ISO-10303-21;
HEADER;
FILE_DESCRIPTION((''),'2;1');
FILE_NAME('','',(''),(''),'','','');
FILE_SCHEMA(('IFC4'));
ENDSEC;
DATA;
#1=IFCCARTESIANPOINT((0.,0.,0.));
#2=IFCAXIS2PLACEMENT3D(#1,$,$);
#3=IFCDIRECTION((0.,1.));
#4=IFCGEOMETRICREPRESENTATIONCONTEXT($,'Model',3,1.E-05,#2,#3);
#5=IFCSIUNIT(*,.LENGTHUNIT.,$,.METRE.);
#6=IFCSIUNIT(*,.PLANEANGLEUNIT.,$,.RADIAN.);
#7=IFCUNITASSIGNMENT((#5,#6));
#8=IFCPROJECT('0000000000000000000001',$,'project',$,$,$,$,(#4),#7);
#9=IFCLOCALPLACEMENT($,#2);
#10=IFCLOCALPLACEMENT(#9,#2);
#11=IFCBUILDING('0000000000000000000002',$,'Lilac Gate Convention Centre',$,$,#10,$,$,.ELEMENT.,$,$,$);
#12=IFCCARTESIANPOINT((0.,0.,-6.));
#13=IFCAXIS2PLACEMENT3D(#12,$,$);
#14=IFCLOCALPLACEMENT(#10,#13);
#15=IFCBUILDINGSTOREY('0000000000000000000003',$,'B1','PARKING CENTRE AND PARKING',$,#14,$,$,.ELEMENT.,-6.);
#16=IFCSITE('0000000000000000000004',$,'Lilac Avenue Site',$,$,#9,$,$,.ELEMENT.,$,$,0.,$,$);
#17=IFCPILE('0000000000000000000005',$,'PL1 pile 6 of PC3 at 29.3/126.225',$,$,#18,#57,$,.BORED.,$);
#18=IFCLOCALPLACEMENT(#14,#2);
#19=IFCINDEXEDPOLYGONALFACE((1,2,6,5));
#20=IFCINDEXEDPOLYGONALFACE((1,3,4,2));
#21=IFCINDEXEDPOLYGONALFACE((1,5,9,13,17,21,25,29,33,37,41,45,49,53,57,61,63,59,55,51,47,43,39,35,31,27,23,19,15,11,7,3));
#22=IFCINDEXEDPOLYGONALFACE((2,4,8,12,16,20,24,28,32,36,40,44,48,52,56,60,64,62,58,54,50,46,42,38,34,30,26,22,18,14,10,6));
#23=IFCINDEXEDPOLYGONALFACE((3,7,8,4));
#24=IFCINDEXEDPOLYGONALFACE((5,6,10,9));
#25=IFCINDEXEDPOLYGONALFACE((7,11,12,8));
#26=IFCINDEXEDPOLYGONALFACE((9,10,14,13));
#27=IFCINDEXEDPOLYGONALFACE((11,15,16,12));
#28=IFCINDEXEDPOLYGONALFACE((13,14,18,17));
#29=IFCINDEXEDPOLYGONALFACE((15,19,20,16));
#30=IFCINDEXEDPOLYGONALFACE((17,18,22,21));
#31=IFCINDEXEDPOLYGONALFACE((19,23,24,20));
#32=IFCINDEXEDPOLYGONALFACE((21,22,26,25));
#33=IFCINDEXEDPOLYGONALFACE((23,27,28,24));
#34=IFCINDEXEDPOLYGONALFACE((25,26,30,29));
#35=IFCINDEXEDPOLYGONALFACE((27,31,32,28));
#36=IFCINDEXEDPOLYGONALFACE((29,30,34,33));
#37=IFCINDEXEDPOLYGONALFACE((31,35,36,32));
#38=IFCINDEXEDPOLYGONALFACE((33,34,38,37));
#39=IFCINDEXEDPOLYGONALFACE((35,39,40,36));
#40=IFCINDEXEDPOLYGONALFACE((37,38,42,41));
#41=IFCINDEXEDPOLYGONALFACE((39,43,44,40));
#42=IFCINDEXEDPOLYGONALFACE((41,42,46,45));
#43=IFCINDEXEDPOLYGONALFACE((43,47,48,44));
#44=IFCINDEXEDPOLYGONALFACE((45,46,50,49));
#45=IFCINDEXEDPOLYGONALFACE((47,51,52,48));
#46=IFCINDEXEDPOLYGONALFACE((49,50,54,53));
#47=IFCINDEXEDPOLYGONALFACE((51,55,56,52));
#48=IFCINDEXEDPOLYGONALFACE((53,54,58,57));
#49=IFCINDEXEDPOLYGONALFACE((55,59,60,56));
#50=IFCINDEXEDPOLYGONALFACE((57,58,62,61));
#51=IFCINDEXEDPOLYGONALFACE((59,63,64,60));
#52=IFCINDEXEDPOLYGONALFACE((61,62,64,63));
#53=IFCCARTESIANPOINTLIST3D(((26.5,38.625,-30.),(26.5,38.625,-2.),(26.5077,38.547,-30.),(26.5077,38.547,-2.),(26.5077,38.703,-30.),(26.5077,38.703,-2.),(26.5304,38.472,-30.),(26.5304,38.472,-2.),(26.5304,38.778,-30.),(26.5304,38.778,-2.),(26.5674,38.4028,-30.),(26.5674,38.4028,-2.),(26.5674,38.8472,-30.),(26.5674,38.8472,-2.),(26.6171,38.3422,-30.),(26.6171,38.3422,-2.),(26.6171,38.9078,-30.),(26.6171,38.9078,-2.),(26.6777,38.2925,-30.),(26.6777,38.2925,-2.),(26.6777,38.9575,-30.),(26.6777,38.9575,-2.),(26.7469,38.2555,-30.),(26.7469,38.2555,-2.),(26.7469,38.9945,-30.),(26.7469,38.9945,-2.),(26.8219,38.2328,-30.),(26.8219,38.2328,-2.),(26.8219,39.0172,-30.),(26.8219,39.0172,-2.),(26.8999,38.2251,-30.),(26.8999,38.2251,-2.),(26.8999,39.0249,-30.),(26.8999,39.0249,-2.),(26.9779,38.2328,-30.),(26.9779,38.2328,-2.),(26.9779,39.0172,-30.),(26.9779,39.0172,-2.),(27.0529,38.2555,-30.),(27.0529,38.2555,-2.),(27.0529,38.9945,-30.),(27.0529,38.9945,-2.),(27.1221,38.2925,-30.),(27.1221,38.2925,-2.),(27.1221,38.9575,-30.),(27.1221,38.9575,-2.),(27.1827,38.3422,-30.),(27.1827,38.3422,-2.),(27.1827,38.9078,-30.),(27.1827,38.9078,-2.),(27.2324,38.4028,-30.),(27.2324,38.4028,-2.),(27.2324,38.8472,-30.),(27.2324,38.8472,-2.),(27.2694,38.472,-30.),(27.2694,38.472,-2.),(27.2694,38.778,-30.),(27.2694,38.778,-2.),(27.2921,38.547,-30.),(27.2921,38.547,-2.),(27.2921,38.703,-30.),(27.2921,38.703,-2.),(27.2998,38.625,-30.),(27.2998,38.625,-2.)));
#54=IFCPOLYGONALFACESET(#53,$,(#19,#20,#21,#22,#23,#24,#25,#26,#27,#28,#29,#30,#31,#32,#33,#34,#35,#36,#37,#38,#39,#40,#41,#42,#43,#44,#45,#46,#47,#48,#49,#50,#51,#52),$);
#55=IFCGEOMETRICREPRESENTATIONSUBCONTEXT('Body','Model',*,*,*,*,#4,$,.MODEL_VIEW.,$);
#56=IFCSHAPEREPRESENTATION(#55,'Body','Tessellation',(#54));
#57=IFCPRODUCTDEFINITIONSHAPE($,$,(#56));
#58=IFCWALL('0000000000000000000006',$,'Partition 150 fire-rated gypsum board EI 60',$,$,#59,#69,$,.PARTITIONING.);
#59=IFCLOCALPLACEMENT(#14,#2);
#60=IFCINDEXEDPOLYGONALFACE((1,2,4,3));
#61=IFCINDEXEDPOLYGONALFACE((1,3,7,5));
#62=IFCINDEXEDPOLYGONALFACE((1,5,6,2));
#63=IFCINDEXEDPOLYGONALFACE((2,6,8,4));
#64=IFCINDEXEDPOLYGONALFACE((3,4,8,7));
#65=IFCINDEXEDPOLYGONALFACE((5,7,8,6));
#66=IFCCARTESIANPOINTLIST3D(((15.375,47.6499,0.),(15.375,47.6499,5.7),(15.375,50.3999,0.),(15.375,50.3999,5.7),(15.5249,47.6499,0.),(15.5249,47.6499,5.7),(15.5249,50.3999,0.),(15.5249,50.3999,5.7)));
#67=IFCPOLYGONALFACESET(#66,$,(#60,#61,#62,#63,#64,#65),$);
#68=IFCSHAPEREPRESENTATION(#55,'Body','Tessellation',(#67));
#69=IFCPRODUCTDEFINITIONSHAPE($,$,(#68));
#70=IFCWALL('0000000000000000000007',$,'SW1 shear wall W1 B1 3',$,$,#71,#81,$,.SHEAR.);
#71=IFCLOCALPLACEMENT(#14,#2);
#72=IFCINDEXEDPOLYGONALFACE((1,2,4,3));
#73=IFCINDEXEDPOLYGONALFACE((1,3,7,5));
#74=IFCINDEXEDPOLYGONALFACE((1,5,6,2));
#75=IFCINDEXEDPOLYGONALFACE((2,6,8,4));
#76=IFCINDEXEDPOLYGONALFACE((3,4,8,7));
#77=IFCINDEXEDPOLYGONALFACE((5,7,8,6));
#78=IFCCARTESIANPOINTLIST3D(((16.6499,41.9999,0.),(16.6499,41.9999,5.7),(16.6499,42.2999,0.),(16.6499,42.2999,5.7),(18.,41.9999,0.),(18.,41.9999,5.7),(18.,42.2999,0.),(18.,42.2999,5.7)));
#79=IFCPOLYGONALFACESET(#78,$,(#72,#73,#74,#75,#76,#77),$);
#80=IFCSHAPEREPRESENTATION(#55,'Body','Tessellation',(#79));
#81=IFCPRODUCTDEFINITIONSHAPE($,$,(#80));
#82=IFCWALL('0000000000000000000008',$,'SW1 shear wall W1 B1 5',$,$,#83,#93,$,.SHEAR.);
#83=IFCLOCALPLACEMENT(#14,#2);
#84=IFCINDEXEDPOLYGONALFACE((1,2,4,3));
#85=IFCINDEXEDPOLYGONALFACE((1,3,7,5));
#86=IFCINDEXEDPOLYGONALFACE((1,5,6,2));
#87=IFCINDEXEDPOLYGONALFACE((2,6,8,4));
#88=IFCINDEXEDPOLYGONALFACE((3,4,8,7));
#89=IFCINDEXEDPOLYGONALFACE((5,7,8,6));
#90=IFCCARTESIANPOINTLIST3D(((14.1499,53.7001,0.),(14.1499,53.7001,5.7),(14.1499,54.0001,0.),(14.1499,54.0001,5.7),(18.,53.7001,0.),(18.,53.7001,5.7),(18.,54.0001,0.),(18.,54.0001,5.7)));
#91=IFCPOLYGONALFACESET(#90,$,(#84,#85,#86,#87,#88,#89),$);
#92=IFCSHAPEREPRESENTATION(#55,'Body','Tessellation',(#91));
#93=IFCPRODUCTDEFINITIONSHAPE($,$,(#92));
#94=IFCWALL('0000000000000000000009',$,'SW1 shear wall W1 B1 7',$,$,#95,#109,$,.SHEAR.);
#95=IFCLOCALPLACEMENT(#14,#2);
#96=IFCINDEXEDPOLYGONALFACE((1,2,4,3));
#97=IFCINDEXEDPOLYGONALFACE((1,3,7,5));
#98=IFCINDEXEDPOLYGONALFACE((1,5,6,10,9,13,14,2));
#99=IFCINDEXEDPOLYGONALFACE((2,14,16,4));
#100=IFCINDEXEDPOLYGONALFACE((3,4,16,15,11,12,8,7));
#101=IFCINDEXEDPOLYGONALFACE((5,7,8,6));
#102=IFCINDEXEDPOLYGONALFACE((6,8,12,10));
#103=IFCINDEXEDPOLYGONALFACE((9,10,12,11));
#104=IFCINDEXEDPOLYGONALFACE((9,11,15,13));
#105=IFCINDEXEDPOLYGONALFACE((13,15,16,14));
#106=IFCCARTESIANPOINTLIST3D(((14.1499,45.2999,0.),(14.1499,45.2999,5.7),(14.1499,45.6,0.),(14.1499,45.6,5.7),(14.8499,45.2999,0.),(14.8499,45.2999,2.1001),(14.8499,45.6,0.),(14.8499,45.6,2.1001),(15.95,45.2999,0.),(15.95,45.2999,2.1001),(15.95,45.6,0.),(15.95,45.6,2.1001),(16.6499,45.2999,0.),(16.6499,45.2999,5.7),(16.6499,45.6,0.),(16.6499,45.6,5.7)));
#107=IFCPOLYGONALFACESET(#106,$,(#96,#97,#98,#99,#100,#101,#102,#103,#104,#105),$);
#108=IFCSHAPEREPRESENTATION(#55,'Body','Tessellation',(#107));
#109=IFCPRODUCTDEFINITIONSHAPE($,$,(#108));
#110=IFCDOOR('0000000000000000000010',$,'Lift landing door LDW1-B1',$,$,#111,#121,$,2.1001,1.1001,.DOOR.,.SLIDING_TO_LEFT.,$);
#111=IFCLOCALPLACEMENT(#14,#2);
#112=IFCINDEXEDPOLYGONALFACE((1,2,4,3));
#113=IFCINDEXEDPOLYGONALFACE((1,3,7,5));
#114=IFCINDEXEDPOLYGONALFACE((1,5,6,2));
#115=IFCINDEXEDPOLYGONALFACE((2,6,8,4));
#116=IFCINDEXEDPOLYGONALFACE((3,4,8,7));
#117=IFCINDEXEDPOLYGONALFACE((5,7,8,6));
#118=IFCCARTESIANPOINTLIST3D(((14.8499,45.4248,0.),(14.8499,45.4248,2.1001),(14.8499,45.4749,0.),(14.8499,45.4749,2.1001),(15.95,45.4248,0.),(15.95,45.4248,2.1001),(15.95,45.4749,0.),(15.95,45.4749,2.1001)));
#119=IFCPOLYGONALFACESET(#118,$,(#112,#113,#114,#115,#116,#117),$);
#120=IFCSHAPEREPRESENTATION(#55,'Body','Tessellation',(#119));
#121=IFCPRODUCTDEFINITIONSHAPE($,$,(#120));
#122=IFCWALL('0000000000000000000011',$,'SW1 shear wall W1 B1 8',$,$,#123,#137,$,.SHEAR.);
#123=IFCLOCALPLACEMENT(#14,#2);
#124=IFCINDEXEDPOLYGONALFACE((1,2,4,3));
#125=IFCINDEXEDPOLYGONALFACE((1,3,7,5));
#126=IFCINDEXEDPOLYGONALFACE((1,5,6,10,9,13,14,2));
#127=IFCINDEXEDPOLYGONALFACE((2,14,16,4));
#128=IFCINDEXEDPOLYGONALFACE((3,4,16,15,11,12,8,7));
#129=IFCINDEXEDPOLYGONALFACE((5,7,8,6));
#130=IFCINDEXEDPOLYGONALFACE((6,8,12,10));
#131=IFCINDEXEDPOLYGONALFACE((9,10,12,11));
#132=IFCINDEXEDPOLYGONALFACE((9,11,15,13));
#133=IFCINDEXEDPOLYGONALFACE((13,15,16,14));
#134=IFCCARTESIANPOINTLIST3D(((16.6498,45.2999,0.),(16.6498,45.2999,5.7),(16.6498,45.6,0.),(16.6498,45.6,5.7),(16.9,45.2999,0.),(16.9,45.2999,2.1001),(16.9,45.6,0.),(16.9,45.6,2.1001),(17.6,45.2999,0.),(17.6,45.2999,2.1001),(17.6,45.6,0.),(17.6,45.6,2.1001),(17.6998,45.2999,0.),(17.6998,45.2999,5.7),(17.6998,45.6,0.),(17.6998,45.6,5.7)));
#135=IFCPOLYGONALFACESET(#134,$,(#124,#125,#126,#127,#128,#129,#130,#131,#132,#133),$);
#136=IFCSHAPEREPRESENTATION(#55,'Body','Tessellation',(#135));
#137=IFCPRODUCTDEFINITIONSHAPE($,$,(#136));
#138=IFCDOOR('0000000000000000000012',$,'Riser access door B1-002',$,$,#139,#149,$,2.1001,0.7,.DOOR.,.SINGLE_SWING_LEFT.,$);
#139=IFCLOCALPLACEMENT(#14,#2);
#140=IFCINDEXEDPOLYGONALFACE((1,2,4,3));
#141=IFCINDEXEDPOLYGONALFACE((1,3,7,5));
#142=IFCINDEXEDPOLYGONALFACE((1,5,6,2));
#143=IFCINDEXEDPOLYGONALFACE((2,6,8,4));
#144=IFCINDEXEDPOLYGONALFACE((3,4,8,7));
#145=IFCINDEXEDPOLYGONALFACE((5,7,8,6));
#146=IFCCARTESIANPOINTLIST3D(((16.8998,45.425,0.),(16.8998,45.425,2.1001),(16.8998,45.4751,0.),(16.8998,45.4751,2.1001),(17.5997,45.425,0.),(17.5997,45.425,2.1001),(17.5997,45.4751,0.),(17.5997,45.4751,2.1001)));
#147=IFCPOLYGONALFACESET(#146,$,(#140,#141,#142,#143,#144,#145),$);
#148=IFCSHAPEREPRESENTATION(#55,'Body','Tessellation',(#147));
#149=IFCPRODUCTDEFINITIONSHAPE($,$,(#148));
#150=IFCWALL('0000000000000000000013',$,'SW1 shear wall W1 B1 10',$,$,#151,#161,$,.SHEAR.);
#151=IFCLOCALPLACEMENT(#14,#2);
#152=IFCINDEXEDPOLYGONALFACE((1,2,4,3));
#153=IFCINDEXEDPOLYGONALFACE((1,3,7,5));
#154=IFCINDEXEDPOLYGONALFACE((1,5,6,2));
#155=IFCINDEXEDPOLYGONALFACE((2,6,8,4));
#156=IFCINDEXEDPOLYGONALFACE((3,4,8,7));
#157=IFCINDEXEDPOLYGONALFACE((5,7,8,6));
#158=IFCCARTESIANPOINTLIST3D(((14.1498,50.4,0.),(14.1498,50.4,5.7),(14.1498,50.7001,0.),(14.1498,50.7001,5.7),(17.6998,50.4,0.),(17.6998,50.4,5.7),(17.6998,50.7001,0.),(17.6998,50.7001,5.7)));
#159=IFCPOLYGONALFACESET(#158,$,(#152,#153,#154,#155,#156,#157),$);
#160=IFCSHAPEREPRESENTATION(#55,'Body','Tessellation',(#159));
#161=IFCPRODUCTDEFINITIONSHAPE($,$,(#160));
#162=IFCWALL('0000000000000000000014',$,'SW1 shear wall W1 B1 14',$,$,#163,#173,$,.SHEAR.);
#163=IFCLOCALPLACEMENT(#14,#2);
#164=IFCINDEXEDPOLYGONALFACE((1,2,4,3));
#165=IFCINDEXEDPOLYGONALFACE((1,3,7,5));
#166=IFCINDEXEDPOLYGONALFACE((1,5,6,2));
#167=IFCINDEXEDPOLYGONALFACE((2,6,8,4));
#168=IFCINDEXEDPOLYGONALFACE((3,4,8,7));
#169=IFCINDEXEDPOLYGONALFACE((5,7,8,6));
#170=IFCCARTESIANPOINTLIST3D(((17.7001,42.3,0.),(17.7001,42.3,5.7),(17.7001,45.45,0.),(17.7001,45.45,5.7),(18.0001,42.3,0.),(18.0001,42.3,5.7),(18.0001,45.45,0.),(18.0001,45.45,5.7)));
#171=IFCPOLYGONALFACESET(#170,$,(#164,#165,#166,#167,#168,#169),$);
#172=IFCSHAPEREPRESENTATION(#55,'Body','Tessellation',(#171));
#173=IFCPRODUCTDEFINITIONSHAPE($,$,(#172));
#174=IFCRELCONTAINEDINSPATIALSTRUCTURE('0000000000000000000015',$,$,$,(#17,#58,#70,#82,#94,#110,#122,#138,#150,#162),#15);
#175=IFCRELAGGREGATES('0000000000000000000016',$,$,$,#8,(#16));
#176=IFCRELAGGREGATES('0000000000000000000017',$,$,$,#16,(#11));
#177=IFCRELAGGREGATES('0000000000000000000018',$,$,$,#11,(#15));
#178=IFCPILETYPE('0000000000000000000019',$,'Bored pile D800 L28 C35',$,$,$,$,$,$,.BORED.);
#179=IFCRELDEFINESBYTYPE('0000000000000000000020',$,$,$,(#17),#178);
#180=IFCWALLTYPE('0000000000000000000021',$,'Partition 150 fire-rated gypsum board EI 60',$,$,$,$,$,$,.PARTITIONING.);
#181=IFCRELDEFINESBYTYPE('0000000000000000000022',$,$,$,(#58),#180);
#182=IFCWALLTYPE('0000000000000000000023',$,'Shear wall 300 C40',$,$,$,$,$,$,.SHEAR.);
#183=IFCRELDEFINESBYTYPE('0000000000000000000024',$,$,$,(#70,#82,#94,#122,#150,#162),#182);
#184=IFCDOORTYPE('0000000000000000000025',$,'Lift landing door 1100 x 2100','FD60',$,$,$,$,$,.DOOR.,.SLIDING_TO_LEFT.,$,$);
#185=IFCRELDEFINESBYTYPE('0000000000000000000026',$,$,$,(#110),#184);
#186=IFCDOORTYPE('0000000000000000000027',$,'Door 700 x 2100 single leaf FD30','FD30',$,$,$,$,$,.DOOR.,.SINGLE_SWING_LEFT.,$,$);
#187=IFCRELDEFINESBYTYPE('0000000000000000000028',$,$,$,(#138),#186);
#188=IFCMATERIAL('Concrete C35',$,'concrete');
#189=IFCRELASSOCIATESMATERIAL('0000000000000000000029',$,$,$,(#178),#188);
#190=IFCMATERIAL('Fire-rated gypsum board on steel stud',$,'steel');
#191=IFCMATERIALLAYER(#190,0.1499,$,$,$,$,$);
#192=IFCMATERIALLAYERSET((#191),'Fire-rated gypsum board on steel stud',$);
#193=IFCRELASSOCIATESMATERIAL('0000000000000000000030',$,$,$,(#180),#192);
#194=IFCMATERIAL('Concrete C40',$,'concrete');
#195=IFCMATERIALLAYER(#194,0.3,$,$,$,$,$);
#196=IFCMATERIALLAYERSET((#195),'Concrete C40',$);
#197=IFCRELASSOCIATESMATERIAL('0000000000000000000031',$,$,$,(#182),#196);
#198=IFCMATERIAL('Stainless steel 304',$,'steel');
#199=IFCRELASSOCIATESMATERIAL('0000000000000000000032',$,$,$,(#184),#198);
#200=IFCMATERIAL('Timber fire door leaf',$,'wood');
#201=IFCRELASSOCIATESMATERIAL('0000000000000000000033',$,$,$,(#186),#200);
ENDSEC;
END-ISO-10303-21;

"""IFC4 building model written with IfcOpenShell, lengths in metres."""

from ifc_helpers import new_model, si_unit, direction, frame, frame_2d, origin, origin_2d, place, context, subcontext, project, spatial, rectangle, circle, extrude, material, layer, layer_set, material_profile, profile_set, type_object, element, fill, save


model = new_model("IFC4")

# Units and contexts
model_context = context("Model", 3, precision=1e-05, world=origin(), true_north=direction((0.0, 1.0)))
body_context = subcontext(model_context, "Body", "Model", "MODEL_VIEW")
ifc_project = project(units=[si_unit("LENGTHUNIT", "METRE"), si_unit("PLANEANGLEUNIT", "RADIAN")], contexts=[model_context])

# Site, building, storey
site_placement = place(None, origin())
site = spatial("IfcSite", under=ifc_project, at=site_placement, Name="Lilac Avenue Site", CompositionType="ELEMENT", RefElevation=0.0)
building_placement = place(site_placement, origin())
building = spatial("IfcBuilding", under=site, at=building_placement, Name="Lilac Gate Convention Centre", CompositionType="ELEMENT")
storey_placement = place(building_placement, frame((0.0, 0.0, -6.0)))
storey = spatial("IfcBuildingStorey", under=building, at=storey_placement, Name="B1", Description="PARKING CENTRE AND PARKING", CompositionType="ELEMENT", Elevation=-6.0)

# Pile
ifc_material_1 = material(Name="Concrete C35", Category="concrete")
ifc_material_profile = material_profile(ifc_material_1, circle(Radius=0.3999, at=origin_2d()), Name="D800")
ifc_profile_set = profile_set([ifc_material_profile], Name="Concrete C35")
pile_type = type_object("IfcPileType", Name="Bored pile D800 L28 C35", PredefinedType="BORED", material=ifc_profile_set)
pile_placement = place(storey_placement, frame((26.8999, 38.625, -2.0), z_axis=(0.0, 0.0, -1.0), x_axis=(1.0, 0.0, 0.0)))
element("IfcPile", 1, at=pile_placement, inside=storey, type_object=pile_type, Name="PL1 pile 6 of PC3 at 29.3/126.225", PredefinedType="BORED", context=body_context, shape_type="SweptSolid", body=[
    extrude(circle(Radius=0.3999, at=origin_2d()), origin(), (0.0, 0.0, 1.0), 28.0),
])

# Walls
ifc_material_2 = material(Name="Fire-rated gypsum board on steel stud", Category="steel")
ifc_layer_1 = layer(ifc_material_2, 0.1499)
ifc_layer_set_1 = layer_set([ifc_layer_1], Name="Fire-rated gypsum board on steel stud")
wall_type_1 = type_object("IfcWallType", Name="Partition 150 fire-rated gypsum board EI 60", PredefinedType="PARTITIONING", material=ifc_layer_set_1)
wall_1_placement = place(storey_placement, frame((15.45, 47.6499, 0.0), z_axis=(0.0, 0.0, 1.0), x_axis=(0.0, 1.0, 0.0)))
element("IfcWall", 2, at=wall_1_placement, inside=storey, type_object=wall_type_1, Name="Partition 150 fire-rated gypsum board EI 60", PredefinedType="PARTITIONING", context=body_context, shape_type="SweptSolid", body=[
    extrude(rectangle(XDim=2.75, YDim=0.1499, at=frame_2d((1.375, 0.0))), origin(), (0.0, 0.0, 1.0), 5.7),
])
ifc_material_3 = material(Name="Concrete C40", Category="concrete")
ifc_layer_2 = layer(ifc_material_3, 0.3)
ifc_layer_set_2 = layer_set([ifc_layer_2], Name="Concrete C40")
wall_type_2 = type_object("IfcWallType", Name="Shear wall 300 C40", PredefinedType="SHEAR", material=ifc_layer_set_2)
wall_2_placement = place(storey_placement, frame((16.6499, 42.1499, 0.0), z_axis=(0.0, 0.0, 1.0), x_axis=(1.0, 0.0, 0.0)))
element("IfcWall", 3, at=wall_2_placement, inside=storey, type_object=wall_type_2, Name="SW1 shear wall W1 B1 3", PredefinedType="SHEAR", context=body_context, shape_type="SweptSolid", body=[
    extrude(rectangle(XDim=1.3501, YDim=0.3, at=frame_2d((0.675, 0.0))), origin(), (0.0, 0.0, 1.0), 5.7),
])
wall_3_placement = place(storey_placement, frame((14.1499, 53.8501, 0.0), z_axis=(0.0, 0.0, 1.0), x_axis=(1.0, 0.0, 0.0)))
element("IfcWall", 4, at=wall_3_placement, inside=storey, type_object=wall_type_2, Name="SW1 shear wall W1 B1 5", PredefinedType="SHEAR", context=body_context, shape_type="SweptSolid", body=[
    extrude(rectangle(XDim=3.8501, YDim=0.3, at=frame_2d((1.925, 0.0))), origin(), (0.0, 0.0, 1.0), 5.7),
])

# Walls, openings, doors
wall_4_placement = place(storey_placement, frame((14.1499, 45.45, 0.0), z_axis=(0.0, 0.0, 1.0), x_axis=(1.0, 0.0, 0.0)))
wall_4 = element("IfcWall", 5, at=wall_4_placement, inside=storey, type_object=wall_type_2, Name="SW1 shear wall W1 B1 7", PredefinedType="SHEAR", context=body_context, shape_type="SweptSolid", body=[
    extrude(rectangle(XDim=2.5, YDim=0.3, at=frame_2d((1.25, 0.0))), origin(), (0.0, 0.0, 1.0), 5.7),
])
opening_1_placement = place(wall_4_placement, frame((0.7, 0.0, 0.0)))
opening_1 = element("IfcOpeningElement", 6, at=opening_1_placement, cuts=wall_4, PredefinedType="OPENING", context=body_context, shape_type="SweptSolid", body=[
    extrude(rectangle(XDim=1.1001, YDim=2.1001, at=frame_2d((0.55, 1.05))), frame((0.0, 0.1599, 0.0), z_axis=(0.0, -1.0, 0.0), x_axis=(1.0, 0.0, 0.0)), (0.0, 0.0, 1.0), 0.3201),
])
ifc_material_4 = material(Name="Stainless steel 304", Category="steel")
door_type_1 = type_object("IfcDoorType", Name="Lift landing door 1100 x 2100", Description="FD60", OperationType="SLIDING_TO_LEFT", PredefinedType="DOOR", material=ifc_material_4)
door_1_placement = place(opening_1_placement, origin())
door_1 = element("IfcDoor", 7, at=door_1_placement, inside=storey, type_object=door_type_1, Name="Lift landing door LDW1-B1", OperationType="SLIDING_TO_LEFT", OverallHeight=2.1001, OverallWidth=1.1001, PredefinedType="DOOR", context=body_context, shape_type="SweptSolid", body=[
    extrude(rectangle(XDim=1.1001, YDim=2.1001, at=frame_2d((0.55, 1.05))), frame((0.0, 0.0249, 0.0), z_axis=(0.0, -1.0, 0.0), x_axis=(1.0, 0.0, 0.0)), (0.0, 0.0, 1.0), 0.05),
])
fill(opening_1, door_1)
wall_5_placement = place(storey_placement, frame((16.6499, 45.45, 0.0), z_axis=(0.0, 0.0, 1.0), x_axis=(1.0, 0.0, 0.0)))
wall_5 = element("IfcWall", 8, at=wall_5_placement, inside=storey, type_object=wall_type_2, Name="SW1 shear wall W1 B1 8", PredefinedType="SHEAR", context=body_context, shape_type="SweptSolid", body=[
    extrude(rectangle(XDim=1.05, YDim=0.3, at=frame_2d((0.5249, 0.0))), origin(), (0.0, 0.0, 1.0), 5.7),
])
opening_2_placement = place(wall_5_placement, frame((0.25, 0.0, 0.0)))
opening_2 = element("IfcOpeningElement", 9, at=opening_2_placement, cuts=wall_5, PredefinedType="OPENING", context=body_context, shape_type="SweptSolid", body=[
    extrude(rectangle(XDim=0.7, YDim=2.1001, at=frame_2d((0.3501, 1.05))), frame((0.0, 0.1599, 0.0), z_axis=(0.0, -1.0, 0.0), x_axis=(1.0, 0.0, 0.0)), (0.0, 0.0, 1.0), 0.3201),
])
ifc_material_5 = material(Name="Timber fire door leaf", Category="wood")
door_type_2 = type_object("IfcDoorType", Name="Door 700 x 2100 single leaf FD30", Description="FD30", OperationType="SINGLE_SWING_LEFT", PredefinedType="DOOR", material=ifc_material_5)
door_2_placement = place(opening_2_placement, frame((0.7, 0.0, 0.0), z_axis=(0.0, 0.0, 1.0), x_axis=(-1.0, 0.0, 0.0)))
door_2 = element("IfcDoor", 10, at=door_2_placement, inside=storey, type_object=door_type_2, Name="Riser access door B1-002", OperationType="SINGLE_SWING_LEFT", OverallHeight=2.1001, OverallWidth=0.7, PredefinedType="DOOR", context=body_context, shape_type="SweptSolid", body=[
    extrude(rectangle(XDim=0.7, YDim=2.1001, at=frame_2d((0.3501, 1.05))), frame((0.0, 0.0249, 0.0), z_axis=(0.0, -1.0, 0.0), x_axis=(1.0, 0.0, 0.0)), (0.0, 0.0, 1.0), 0.05),
])
fill(opening_2, door_2)

# Walls
wall_6_placement = place(storey_placement, frame((14.1499, 50.55, 0.0), z_axis=(0.0, 0.0, 1.0), x_axis=(1.0, 0.0, 0.0)))
element("IfcWall", 11, at=wall_6_placement, inside=storey, type_object=wall_type_2, Name="SW1 shear wall W1 B1 10", PredefinedType="SHEAR", context=body_context, shape_type="SweptSolid", body=[
    extrude(rectangle(XDim=3.55, YDim=0.3, at=frame_2d((1.7749, 0.0))), origin(), (0.0, 0.0, 1.0), 5.7),
])
wall_7_placement = place(storey_placement, frame((17.8501, 42.3, 0.0), z_axis=(0.0, 0.0, 1.0), x_axis=(0.0, 1.0, 0.0)))
element("IfcWall", 12, at=wall_7_placement, inside=storey, type_object=wall_type_2, Name="SW1 shear wall W1 B1 14", PredefinedType="SHEAR", context=body_context, shape_type="SweptSolid", body=[
    extrude(rectangle(XDim=3.1499, YDim=0.3, at=frame_2d((1.575, 0.0))), origin(), (0.0, 0.0, 1.0), 5.7),
])

save(model, "model.ifc")
